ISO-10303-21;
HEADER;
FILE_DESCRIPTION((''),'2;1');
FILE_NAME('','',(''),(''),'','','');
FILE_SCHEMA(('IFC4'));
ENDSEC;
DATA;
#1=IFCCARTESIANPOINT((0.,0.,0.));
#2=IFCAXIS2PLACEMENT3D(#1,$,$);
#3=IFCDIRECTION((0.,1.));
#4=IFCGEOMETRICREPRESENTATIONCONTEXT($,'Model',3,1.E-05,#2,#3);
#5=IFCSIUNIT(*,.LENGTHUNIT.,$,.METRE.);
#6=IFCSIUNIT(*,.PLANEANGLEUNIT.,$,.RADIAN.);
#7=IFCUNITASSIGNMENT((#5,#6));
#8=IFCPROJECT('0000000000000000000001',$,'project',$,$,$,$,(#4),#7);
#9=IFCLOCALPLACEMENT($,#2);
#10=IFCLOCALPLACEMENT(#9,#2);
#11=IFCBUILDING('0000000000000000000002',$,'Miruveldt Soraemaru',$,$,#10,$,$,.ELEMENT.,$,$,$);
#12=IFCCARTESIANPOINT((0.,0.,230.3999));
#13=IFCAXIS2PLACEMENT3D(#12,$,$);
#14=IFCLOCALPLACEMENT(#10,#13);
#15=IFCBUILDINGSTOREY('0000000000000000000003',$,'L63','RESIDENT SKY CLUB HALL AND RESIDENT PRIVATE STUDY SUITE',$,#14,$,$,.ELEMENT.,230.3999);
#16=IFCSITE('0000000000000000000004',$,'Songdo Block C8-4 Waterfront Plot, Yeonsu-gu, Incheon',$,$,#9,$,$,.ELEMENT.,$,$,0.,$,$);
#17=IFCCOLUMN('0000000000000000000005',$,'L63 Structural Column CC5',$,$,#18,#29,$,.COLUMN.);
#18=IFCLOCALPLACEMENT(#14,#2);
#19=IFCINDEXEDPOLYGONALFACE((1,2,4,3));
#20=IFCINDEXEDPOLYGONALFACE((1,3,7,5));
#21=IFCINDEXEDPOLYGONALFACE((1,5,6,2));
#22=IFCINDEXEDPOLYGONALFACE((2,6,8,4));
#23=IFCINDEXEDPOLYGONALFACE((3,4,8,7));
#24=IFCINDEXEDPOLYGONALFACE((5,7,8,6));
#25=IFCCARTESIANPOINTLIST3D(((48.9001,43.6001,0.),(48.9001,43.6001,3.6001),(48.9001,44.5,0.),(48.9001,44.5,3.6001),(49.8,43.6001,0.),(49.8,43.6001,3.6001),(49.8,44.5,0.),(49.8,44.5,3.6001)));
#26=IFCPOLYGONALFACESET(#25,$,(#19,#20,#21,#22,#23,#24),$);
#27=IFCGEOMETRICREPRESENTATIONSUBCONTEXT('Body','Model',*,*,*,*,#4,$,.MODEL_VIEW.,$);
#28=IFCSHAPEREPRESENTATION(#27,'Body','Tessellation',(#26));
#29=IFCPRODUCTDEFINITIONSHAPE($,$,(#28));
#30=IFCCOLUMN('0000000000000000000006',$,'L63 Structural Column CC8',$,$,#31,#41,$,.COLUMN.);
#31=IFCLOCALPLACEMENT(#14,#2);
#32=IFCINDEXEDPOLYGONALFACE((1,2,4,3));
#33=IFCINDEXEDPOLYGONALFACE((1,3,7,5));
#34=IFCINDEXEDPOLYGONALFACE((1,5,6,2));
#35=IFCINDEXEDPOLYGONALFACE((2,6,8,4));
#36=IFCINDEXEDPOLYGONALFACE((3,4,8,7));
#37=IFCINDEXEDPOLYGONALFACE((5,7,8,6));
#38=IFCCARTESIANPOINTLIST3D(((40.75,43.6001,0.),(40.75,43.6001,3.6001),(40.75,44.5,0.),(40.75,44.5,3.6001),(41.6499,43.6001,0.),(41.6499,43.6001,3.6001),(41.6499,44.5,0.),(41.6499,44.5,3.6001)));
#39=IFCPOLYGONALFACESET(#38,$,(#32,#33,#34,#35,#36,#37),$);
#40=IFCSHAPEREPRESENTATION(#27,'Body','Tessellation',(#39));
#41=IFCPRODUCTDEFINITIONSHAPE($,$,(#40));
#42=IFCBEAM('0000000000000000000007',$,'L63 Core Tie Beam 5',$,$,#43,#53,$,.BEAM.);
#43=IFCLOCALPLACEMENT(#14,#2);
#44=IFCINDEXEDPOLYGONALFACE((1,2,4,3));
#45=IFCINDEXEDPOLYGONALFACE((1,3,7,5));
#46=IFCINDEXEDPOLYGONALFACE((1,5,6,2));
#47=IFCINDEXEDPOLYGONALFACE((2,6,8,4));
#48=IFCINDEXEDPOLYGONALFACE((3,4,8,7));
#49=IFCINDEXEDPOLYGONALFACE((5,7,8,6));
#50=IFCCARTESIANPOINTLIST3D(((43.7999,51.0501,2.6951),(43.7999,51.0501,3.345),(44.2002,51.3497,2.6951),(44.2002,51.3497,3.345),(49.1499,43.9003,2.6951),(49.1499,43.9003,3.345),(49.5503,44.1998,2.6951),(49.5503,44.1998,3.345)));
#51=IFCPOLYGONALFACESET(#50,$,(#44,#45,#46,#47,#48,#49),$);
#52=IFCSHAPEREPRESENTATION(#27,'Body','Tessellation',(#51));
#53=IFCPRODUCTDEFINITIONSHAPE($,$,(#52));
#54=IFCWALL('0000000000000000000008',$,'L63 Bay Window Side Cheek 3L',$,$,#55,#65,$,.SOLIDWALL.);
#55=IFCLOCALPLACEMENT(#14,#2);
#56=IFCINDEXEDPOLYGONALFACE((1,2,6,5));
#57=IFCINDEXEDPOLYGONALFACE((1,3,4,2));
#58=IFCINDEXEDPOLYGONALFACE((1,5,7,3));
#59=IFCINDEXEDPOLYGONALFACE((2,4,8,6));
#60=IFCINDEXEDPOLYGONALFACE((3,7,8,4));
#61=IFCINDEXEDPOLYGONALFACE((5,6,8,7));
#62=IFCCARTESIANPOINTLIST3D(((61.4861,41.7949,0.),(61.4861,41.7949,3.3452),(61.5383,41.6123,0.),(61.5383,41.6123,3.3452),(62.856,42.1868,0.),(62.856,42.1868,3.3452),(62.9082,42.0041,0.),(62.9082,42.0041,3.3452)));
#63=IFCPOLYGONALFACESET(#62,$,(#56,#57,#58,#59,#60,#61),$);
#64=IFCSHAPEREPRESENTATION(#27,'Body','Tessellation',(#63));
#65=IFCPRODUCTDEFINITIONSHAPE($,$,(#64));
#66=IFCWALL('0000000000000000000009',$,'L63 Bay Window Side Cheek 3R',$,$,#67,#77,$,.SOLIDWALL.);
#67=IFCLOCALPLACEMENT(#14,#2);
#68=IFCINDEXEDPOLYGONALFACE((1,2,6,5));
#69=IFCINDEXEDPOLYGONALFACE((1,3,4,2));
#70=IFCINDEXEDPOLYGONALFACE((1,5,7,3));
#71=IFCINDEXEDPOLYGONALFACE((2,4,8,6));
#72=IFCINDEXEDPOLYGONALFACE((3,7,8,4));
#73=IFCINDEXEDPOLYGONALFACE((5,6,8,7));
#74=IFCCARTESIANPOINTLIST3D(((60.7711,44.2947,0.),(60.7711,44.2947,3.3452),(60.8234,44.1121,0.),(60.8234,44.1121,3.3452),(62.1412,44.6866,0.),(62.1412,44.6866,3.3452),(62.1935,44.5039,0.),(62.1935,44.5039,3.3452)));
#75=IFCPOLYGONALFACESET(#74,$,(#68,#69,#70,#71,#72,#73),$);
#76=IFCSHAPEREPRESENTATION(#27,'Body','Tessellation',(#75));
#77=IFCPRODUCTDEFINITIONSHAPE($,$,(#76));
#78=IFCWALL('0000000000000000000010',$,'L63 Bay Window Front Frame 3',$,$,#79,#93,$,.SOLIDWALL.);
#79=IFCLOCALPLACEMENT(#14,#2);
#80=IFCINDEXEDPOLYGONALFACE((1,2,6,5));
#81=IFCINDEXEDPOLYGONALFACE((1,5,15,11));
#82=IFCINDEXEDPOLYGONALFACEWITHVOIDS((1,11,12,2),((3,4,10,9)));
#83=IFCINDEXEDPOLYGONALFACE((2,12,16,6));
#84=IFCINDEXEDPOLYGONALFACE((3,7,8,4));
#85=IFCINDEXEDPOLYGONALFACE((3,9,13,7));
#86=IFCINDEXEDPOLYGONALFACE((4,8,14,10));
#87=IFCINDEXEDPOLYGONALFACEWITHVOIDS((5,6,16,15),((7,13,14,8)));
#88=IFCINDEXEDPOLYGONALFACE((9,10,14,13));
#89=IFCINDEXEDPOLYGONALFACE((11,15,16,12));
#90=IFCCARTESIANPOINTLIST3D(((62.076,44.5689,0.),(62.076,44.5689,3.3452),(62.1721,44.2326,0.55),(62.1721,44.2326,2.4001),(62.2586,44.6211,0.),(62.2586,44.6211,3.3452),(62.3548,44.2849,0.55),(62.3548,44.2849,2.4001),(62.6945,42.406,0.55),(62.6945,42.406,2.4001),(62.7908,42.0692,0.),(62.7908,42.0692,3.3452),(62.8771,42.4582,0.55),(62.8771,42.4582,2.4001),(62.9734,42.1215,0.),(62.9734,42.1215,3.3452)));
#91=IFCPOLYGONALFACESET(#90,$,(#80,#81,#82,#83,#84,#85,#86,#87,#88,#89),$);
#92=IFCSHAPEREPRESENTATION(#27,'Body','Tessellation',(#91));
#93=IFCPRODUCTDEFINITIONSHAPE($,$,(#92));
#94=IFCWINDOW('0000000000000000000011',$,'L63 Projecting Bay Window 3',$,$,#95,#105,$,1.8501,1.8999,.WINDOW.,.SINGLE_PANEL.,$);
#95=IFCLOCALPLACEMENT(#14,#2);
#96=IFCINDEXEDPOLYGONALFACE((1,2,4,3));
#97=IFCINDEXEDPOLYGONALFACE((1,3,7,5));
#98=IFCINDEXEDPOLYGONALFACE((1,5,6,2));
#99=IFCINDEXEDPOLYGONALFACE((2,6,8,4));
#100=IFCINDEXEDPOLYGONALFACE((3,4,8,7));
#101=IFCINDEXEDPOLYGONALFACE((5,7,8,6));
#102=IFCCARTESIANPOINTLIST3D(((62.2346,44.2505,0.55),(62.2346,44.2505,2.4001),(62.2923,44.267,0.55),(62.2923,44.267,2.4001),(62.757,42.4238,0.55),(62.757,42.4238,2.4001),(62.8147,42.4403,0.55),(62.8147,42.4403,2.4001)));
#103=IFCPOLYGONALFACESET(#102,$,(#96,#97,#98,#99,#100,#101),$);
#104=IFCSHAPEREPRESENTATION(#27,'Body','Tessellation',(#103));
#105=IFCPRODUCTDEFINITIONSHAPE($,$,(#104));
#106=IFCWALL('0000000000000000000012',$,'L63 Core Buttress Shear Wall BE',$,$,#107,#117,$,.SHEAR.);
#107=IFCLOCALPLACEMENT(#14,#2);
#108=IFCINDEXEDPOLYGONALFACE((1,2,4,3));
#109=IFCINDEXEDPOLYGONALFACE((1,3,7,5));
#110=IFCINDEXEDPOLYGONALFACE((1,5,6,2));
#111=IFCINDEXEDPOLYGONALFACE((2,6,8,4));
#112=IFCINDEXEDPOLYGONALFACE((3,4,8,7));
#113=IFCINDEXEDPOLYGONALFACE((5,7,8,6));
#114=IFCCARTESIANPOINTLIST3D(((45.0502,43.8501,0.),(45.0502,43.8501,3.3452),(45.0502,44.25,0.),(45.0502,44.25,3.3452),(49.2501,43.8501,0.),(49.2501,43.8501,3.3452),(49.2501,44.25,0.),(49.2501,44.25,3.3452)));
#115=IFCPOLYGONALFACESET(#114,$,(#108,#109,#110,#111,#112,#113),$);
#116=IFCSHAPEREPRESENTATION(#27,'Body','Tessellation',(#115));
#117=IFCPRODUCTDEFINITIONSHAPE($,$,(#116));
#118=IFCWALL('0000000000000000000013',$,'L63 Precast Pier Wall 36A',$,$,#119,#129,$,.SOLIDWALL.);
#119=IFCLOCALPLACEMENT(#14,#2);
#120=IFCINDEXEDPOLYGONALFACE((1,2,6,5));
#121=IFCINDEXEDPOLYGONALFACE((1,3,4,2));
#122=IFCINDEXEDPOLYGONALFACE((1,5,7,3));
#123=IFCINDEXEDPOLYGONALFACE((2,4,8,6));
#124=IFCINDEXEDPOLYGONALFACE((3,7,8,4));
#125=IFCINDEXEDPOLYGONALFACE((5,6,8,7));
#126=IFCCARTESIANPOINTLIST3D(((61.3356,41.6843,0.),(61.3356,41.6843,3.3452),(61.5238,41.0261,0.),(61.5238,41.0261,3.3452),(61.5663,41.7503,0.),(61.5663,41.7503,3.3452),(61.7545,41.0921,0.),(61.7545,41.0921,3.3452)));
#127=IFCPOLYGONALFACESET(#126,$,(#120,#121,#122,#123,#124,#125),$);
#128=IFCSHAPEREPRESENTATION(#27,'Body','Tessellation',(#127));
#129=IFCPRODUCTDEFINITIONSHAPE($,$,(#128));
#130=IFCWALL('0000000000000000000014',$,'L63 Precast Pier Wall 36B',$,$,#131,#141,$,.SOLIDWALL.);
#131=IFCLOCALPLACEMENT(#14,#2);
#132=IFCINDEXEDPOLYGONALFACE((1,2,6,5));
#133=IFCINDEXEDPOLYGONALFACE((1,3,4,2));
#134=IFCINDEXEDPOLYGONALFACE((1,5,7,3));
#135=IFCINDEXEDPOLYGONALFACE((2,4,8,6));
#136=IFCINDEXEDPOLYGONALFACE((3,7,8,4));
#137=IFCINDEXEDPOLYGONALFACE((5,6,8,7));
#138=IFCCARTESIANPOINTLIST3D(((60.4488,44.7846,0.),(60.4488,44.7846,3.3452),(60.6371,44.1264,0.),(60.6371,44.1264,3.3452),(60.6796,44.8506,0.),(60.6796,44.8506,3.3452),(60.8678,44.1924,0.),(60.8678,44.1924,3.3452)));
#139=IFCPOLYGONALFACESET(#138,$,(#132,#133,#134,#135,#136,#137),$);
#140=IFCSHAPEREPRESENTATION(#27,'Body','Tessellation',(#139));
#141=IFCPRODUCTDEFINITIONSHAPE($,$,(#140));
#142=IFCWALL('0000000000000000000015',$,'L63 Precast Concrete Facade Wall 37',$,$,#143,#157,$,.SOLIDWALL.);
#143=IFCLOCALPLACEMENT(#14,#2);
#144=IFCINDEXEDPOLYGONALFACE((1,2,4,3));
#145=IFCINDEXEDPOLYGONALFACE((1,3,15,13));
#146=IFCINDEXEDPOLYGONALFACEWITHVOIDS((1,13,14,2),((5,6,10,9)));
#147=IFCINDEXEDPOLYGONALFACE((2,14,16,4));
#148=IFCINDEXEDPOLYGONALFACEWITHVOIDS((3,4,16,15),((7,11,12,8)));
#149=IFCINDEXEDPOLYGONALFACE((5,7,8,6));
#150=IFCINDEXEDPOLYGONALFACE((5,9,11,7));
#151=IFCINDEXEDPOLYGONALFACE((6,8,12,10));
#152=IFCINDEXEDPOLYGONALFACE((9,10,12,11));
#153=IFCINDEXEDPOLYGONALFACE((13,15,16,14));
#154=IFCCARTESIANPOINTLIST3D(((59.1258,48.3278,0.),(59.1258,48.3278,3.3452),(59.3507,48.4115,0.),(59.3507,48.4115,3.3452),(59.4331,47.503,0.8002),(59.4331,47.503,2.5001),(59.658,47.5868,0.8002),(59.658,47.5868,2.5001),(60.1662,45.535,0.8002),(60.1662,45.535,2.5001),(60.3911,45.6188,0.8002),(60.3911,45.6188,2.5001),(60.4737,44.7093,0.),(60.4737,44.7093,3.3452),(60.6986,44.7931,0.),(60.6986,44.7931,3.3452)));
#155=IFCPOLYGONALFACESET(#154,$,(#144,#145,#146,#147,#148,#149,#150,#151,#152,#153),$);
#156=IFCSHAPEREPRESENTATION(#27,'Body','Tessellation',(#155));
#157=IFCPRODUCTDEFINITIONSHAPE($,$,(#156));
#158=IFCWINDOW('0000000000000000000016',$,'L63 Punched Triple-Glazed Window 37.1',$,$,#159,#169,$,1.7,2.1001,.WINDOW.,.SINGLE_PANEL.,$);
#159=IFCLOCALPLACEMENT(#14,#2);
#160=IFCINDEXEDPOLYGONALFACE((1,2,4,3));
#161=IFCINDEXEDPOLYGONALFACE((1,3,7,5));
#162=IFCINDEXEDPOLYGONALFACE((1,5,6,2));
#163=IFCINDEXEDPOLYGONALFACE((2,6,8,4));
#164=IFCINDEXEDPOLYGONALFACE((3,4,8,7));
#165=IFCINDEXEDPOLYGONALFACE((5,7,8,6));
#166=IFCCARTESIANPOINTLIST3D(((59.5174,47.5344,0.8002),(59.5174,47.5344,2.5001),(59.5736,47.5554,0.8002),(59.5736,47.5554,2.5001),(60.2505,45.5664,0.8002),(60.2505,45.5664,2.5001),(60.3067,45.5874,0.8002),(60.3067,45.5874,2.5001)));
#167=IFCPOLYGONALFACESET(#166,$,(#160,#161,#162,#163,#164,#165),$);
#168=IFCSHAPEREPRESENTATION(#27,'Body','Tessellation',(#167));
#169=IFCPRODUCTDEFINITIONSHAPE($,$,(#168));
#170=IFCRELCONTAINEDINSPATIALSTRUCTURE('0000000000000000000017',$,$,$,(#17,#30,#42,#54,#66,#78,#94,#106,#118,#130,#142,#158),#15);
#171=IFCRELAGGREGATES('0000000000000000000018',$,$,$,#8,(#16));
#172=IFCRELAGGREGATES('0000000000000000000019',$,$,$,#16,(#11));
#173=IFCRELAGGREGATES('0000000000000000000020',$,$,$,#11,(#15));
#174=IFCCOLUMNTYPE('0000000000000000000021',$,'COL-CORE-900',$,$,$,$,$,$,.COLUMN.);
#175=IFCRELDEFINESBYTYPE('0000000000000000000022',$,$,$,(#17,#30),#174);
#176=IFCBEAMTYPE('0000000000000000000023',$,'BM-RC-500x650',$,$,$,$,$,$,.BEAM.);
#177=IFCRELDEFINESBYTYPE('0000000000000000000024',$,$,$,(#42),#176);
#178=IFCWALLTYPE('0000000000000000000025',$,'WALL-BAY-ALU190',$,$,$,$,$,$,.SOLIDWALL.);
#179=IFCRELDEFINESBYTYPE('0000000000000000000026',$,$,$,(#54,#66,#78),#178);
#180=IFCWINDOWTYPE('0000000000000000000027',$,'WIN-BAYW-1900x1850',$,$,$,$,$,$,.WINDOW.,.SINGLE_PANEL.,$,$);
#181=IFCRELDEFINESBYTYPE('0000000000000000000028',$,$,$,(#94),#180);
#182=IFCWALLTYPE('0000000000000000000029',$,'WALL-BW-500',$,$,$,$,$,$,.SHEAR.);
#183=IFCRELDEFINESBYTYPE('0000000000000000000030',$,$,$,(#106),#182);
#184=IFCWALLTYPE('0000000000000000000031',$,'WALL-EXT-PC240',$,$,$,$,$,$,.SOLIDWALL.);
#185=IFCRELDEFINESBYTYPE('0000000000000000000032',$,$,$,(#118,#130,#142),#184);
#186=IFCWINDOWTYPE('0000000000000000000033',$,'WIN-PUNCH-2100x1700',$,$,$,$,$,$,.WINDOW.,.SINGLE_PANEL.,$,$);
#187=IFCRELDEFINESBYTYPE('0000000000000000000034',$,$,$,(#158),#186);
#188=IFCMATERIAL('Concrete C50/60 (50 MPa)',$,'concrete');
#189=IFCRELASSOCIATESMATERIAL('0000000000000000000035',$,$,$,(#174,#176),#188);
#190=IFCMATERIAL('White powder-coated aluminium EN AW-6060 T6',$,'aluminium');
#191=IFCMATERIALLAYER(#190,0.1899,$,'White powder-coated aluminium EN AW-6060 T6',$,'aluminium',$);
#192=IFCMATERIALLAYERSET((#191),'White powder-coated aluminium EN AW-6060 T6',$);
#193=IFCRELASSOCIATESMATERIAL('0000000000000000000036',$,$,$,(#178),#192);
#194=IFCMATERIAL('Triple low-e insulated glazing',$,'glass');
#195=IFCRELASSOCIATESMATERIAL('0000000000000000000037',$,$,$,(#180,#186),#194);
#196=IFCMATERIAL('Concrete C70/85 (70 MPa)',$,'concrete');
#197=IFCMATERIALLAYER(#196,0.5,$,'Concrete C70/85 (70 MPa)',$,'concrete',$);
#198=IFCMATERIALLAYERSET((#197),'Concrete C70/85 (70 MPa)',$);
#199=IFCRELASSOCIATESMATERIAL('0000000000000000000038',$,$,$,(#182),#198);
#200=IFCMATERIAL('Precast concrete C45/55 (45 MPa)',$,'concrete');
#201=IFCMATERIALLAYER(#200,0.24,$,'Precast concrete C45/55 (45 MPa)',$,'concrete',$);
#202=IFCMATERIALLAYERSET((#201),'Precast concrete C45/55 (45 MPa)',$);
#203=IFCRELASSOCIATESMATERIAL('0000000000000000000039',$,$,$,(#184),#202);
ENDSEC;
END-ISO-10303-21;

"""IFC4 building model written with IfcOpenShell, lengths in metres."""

from ifc_helpers import new_model, si_unit, direction, frame, frame_2d, origin, origin_2d, place, context, subcontext, project, spatial, rectangle, extrude, material, layer, layer_set, material_profile, profile_set, type_object, element, fill, save


model = new_model("IFC4")

# Units and contexts
model_context = context("Model", 3, precision=1e-05, world=origin(), true_north=direction((0.0, 1.0)))
body_context = subcontext(model_context, "Body", "Model", "MODEL_VIEW")
ifc_project = project(units=[si_unit("LENGTHUNIT", "METRE"), si_unit("PLANEANGLEUNIT", "RADIAN")], contexts=[model_context])

# Site, building, storey
site_placement = place(None, origin())
site = spatial("IfcSite", under=ifc_project, at=site_placement, Name="Songdo Block C8-4 Waterfront Plot, Yeonsu-gu, Incheon", CompositionType="ELEMENT", RefElevation=0.0)
building_placement = place(site_placement, origin())
building = spatial("IfcBuilding", under=site, at=building_placement, Name="Miruveldt Soraemaru", CompositionType="ELEMENT")
storey_placement = place(building_placement, frame((0.0, 0.0, 230.3999)))
storey = spatial("IfcBuildingStorey", under=building, at=storey_placement, Name="L63", Description="RESIDENT SKY CLUB HALL AND RESIDENT PRIVATE STUDY SUITE", CompositionType="ELEMENT", Elevation=230.3999)

# Columns
ifc_material_1 = material(Name="Concrete C50/60 (50 MPa)", Category="concrete")
ifc_material_profile_1 = material_profile(ifc_material_1, rectangle(XDim=0.8999, YDim=0.8999, at=origin_2d()), Name="Concrete C50/60 (50 MPa)", Category="concrete")
ifc_profile_set_1 = profile_set([ifc_material_profile_1], Name="Concrete C50/60 (50 MPa)")
column_type = type_object("IfcColumnType", Name="COL-CORE-900", PredefinedType="COLUMN", material=ifc_profile_set_1)
for number, where, z_axis, x_axis, name in (
    (1, (49.3501, 44.05, 0.0), (0.0, 0.0, 1.0), (1.0, 0.0, 0.0), "L63 Structural Column CC5"),
    (2, (41.2, 44.05, 0.0), (0.0, 0.0, 1.0), (1.0, 0.0, 0.0), "L63 Structural Column CC8"),
):
    element("IfcColumn", number, at=place(storey_placement, frame(where, z_axis=z_axis, x_axis=x_axis)), inside=storey, type_object=column_type, Name=name, PredefinedType="COLUMN", context=body_context, shape_type="SweptSolid", body=[
        extrude(rectangle(XDim=0.8999, YDim=0.8999, at=origin_2d()), origin(), (0.0, 0.0, 1.0), 3.6001),
    ])

# Beam
ifc_material_profile_2 = material_profile(ifc_material_1, rectangle(XDim=0.5, YDim=0.6499, at=origin_2d()), Name="Concrete C50/60 (50 MPa)", Category="concrete")
ifc_profile_set_2 = profile_set([ifc_material_profile_2], Name="Concrete C50/60 (50 MPa)")
beam_type = type_object("IfcBeamType", Name="BM-RC-500x650", PredefinedType="BEAM", material=ifc_profile_set_2)
beam_placement = place(storey_placement, frame((49.3501, 44.05, 3.02), z_axis=(-0.599116, 0.800662, 0.0), x_axis=(-0.800662, -0.599116, 0.0)))
element("IfcBeam", 3, at=beam_placement, inside=storey, type_object=beam_type, Name="L63 Core Tie Beam 5", PredefinedType="BEAM", context=body_context, shape_type="SweptSolid", body=[
    extrude(rectangle(XDim=0.5, YDim=0.6499, at=origin_2d()), origin(), (0.0, 0.0, 1.0), 8.9299),
])

# Walls
ifc_material_2 = material(Name="White powder-coated aluminium EN AW-6060 T6", Category="aluminium")
ifc_layer_1 = layer(ifc_material_2, 0.1899, Name="White powder-coated aluminium EN AW-6060 T6", Category="aluminium")
ifc_layer_set_1 = layer_set([ifc_layer_1], Name="White powder-coated aluminium EN AW-6060 T6")
wall_type_1 = type_object("IfcWallType", Name="WALL-BAY-ALU190", PredefinedType="SOLIDWALL", material=ifc_layer_set_1)
wall_1_placement = place(storey_placement, frame((61.5122, 41.7036, 0.0), z_axis=(0.0, 0.0, 1.0), x_axis=(0.96144, 0.275015, 0.0)))
element("IfcWall", 4, at=wall_1_placement, inside=storey, type_object=wall_type_1, Name="L63 Bay Window Side Cheek 3L", PredefinedType="SOLIDWALL", context=body_context, shape_type="SweptSolid", body=[
    extrude(rectangle(XDim=1.4248, YDim=0.1899, at=frame_2d((0.7124, 0.0))), origin(), (0.0, 0.0, 1.0), 3.3452),
])
wall_2_placement = place(storey_placement, frame((62.1672, 44.5952, 0.0), z_axis=(0.0, 0.0, 1.0), x_axis=(-0.961453, -0.27497, 0.0)))
element("IfcWall", 5, at=wall_2_placement, inside=storey, type_object=wall_type_1, Name="L63 Bay Window Side Cheek 3R", PredefinedType="SOLIDWALL", context=body_context, shape_type="SweptSolid", body=[
    extrude(rectangle(XDim=1.425, YDim=0.1899, at=frame_2d((0.7124, 0.0))), origin(), (0.0, 0.0, 1.0), 3.3452),
])

# Wall, opening, window
wall_3_placement = place(storey_placement, frame((62.8821, 42.0955, 0.0), z_axis=(0.0, 0.0, 1.0), x_axis=(-0.274944, 0.96146, 0.0)))
wall_3 = element("IfcWall", 6, at=wall_3_placement, inside=storey, type_object=wall_type_1, Name="L63 Bay Window Front Frame 3", PredefinedType="SOLIDWALL", context=body_context, shape_type="SweptSolid", body=[
    extrude(rectangle(XDim=2.5999, YDim=0.1899, at=frame_2d((1.2998, 0.0))), origin(), (0.0, 0.0, 1.0), 3.3452),
])
opening_1_placement = place(wall_3_placement, frame((0.3501, 0.0, 0.55)))
opening_1 = element("IfcOpeningElement", 7, at=opening_1_placement, cuts=wall_3, PredefinedType="OPENING", context=body_context, shape_type="SweptSolid", body=[
    extrude(rectangle(XDim=1.8999, YDim=1.8501, at=frame_2d((0.95, 0.925))), frame((0.0, 0.105, 0.0), z_axis=(0.0, -1.0, 0.0), x_axis=(1.0, 0.0, 0.0)), (0.0, 0.0, 1.0), 0.21),
])
ifc_material_3 = material(Name="Triple low-e insulated glazing", Category="glass")
window_type_1 = type_object("IfcWindowType", Name="WIN-BAYW-1900x1850", PartitioningType="SINGLE_PANEL", PredefinedType="WINDOW", material=ifc_material_3)
window_1_placement = place(opening_1_placement, origin())
window_1 = element("IfcWindow", 8, at=window_1_placement, inside=storey, type_object=window_type_1, Name="L63 Projecting Bay Window 3", OverallHeight=1.8501, OverallWidth=1.8999, PartitioningType="SINGLE_PANEL", PredefinedType="WINDOW", context=body_context, shape_type="SweptSolid", body=[
    extrude(rectangle(XDim=1.8999, YDim=1.8501, at=frame_2d((0.95, 0.925))), frame((0.0, 0.03, 0.0), z_axis=(0.0, -1.0, 0.0), x_axis=(1.0, 0.0, 0.0)), (0.0, 0.0, 1.0), 0.0601),
])
fill(opening_1, window_1)

# Walls
ifc_material_4 = material(Name="Concrete C70/85 (70 MPa)", Category="concrete")
ifc_layer_2 = layer(ifc_material_4, 0.5, Name="Concrete C70/85 (70 MPa)", Category="concrete")
ifc_layer_set_2 = layer_set([ifc_layer_2], Name="Concrete C70/85 (70 MPa)")
wall_type_2 = type_object("IfcWallType", Name="WALL-BW-500", PredefinedType="SHEAR", material=ifc_layer_set_2)
wall_4_placement = place(storey_placement, frame((45.05, 44.05, 0.0), z_axis=(0.0, 0.0, 1.0), x_axis=(1.0, 0.0, 0.0)))
element("IfcWall", 9, at=wall_4_placement, inside=storey, type_object=wall_type_2, Name="L63 Core Buttress Shear Wall BE", PredefinedType="SHEAR", context=body_context, shape_type="SweptSolid", body=[
    extrude(rectangle(XDim=4.2, YDim=0.3999, at=frame_2d((2.1001, 0.0))), origin(), (0.0, 0.0, 1.0), 3.3452),
])
ifc_material_5 = material(Name="Precast concrete C45/55 (45 MPa)", Category="concrete")
ifc_layer_3 = layer(ifc_material_5, 0.24, Name="Precast concrete C45/55 (45 MPa)", Category="concrete")
ifc_layer_set_3 = layer_set([ifc_layer_3], Name="Precast concrete C45/55 (45 MPa)")
wall_type_3 = type_object("IfcWallType", Name="WALL-EXT-PC240", PredefinedType="SOLIDWALL", material=ifc_layer_set_3)
for number, where, z_axis, x_axis, name in (
    (10, (61.6392, 41.0591, 0.0), (0.0, 0.0, 1.0), (-0.274957, 0.961457, 0.0), "L63 Precast Pier Wall 36A"),
    (11, (60.7524, 44.1594, 0.0), (0.0, 0.0, 1.0), (-0.274957, 0.961457, 0.0), "L63 Precast Pier Wall 36B"),
):
    element("IfcWall", number, at=place(storey_placement, frame(where, z_axis=z_axis, x_axis=x_axis)), inside=storey, type_object=wall_type_3, Name=name, PredefinedType="SOLIDWALL", context=body_context, shape_type="SweptSolid", body=[
        extrude(rectangle(XDim=0.6846, YDim=0.24, at=frame_2d((0.3423, 0.0))), origin(), (0.0, 0.0, 1.0), 3.3452),
    ])

# Wall, opening, window
wall_5_placement = place(storey_placement, frame((60.5862, 44.7512, 0.0), z_axis=(0.0, 0.0, 1.0), x_axis=(-0.349079, 0.937093, 0.0)))
wall_5 = element("IfcWall", 12, at=wall_5_placement, inside=storey, type_object=wall_type_3, Name="L63 Precast Concrete Facade Wall 37", PredefinedType="SOLIDWALL", context=body_context, shape_type="SweptSolid", body=[
    extrude(rectangle(XDim=3.8613, YDim=0.24, at=frame_2d((1.9307, 0.0))), origin(), (0.0, 0.0, 1.0), 3.3452),
])
opening_2_placement = place(wall_5_placement, frame((0.8811, 0.0, 0.8)))
opening_2 = element("IfcOpeningElement", 13, at=opening_2_placement, cuts=wall_5, PredefinedType="OPENING", context=body_context, shape_type="SweptSolid", body=[
    extrude(rectangle(XDim=2.1001, YDim=1.7, at=frame_2d((1.05, 0.8501))), frame((0.0, 0.1299, 0.0), z_axis=(0.0, -1.0, 0.0), x_axis=(1.0, 0.0, 0.0)), (0.0, 0.0, 1.0), 0.26),
])
window_type_2 = type_object("IfcWindowType", Name="WIN-PUNCH-2100x1700", PartitioningType="SINGLE_PANEL", PredefinedType="WINDOW", material=ifc_material_3)
window_2_placement = place(opening_2_placement, origin())
window_2 = element("IfcWindow", 14, at=window_2_placement, inside=storey, type_object=window_type_2, Name="L63 Punched Triple-Glazed Window 37.1", OverallHeight=1.7, OverallWidth=2.1001, PartitioningType="SINGLE_PANEL", PredefinedType="WINDOW", context=body_context, shape_type="SweptSolid", body=[
    extrude(rectangle(XDim=2.1001, YDim=1.7, at=frame_2d((1.05, 0.8501))), frame((0.0, 0.03, 0.0), z_axis=(0.0, -1.0, 0.0), x_axis=(1.0, 0.0, 0.0)), (0.0, 0.0, 1.0), 0.0601),
])
fill(opening_2, window_2)

save(model, "model.ifc")
